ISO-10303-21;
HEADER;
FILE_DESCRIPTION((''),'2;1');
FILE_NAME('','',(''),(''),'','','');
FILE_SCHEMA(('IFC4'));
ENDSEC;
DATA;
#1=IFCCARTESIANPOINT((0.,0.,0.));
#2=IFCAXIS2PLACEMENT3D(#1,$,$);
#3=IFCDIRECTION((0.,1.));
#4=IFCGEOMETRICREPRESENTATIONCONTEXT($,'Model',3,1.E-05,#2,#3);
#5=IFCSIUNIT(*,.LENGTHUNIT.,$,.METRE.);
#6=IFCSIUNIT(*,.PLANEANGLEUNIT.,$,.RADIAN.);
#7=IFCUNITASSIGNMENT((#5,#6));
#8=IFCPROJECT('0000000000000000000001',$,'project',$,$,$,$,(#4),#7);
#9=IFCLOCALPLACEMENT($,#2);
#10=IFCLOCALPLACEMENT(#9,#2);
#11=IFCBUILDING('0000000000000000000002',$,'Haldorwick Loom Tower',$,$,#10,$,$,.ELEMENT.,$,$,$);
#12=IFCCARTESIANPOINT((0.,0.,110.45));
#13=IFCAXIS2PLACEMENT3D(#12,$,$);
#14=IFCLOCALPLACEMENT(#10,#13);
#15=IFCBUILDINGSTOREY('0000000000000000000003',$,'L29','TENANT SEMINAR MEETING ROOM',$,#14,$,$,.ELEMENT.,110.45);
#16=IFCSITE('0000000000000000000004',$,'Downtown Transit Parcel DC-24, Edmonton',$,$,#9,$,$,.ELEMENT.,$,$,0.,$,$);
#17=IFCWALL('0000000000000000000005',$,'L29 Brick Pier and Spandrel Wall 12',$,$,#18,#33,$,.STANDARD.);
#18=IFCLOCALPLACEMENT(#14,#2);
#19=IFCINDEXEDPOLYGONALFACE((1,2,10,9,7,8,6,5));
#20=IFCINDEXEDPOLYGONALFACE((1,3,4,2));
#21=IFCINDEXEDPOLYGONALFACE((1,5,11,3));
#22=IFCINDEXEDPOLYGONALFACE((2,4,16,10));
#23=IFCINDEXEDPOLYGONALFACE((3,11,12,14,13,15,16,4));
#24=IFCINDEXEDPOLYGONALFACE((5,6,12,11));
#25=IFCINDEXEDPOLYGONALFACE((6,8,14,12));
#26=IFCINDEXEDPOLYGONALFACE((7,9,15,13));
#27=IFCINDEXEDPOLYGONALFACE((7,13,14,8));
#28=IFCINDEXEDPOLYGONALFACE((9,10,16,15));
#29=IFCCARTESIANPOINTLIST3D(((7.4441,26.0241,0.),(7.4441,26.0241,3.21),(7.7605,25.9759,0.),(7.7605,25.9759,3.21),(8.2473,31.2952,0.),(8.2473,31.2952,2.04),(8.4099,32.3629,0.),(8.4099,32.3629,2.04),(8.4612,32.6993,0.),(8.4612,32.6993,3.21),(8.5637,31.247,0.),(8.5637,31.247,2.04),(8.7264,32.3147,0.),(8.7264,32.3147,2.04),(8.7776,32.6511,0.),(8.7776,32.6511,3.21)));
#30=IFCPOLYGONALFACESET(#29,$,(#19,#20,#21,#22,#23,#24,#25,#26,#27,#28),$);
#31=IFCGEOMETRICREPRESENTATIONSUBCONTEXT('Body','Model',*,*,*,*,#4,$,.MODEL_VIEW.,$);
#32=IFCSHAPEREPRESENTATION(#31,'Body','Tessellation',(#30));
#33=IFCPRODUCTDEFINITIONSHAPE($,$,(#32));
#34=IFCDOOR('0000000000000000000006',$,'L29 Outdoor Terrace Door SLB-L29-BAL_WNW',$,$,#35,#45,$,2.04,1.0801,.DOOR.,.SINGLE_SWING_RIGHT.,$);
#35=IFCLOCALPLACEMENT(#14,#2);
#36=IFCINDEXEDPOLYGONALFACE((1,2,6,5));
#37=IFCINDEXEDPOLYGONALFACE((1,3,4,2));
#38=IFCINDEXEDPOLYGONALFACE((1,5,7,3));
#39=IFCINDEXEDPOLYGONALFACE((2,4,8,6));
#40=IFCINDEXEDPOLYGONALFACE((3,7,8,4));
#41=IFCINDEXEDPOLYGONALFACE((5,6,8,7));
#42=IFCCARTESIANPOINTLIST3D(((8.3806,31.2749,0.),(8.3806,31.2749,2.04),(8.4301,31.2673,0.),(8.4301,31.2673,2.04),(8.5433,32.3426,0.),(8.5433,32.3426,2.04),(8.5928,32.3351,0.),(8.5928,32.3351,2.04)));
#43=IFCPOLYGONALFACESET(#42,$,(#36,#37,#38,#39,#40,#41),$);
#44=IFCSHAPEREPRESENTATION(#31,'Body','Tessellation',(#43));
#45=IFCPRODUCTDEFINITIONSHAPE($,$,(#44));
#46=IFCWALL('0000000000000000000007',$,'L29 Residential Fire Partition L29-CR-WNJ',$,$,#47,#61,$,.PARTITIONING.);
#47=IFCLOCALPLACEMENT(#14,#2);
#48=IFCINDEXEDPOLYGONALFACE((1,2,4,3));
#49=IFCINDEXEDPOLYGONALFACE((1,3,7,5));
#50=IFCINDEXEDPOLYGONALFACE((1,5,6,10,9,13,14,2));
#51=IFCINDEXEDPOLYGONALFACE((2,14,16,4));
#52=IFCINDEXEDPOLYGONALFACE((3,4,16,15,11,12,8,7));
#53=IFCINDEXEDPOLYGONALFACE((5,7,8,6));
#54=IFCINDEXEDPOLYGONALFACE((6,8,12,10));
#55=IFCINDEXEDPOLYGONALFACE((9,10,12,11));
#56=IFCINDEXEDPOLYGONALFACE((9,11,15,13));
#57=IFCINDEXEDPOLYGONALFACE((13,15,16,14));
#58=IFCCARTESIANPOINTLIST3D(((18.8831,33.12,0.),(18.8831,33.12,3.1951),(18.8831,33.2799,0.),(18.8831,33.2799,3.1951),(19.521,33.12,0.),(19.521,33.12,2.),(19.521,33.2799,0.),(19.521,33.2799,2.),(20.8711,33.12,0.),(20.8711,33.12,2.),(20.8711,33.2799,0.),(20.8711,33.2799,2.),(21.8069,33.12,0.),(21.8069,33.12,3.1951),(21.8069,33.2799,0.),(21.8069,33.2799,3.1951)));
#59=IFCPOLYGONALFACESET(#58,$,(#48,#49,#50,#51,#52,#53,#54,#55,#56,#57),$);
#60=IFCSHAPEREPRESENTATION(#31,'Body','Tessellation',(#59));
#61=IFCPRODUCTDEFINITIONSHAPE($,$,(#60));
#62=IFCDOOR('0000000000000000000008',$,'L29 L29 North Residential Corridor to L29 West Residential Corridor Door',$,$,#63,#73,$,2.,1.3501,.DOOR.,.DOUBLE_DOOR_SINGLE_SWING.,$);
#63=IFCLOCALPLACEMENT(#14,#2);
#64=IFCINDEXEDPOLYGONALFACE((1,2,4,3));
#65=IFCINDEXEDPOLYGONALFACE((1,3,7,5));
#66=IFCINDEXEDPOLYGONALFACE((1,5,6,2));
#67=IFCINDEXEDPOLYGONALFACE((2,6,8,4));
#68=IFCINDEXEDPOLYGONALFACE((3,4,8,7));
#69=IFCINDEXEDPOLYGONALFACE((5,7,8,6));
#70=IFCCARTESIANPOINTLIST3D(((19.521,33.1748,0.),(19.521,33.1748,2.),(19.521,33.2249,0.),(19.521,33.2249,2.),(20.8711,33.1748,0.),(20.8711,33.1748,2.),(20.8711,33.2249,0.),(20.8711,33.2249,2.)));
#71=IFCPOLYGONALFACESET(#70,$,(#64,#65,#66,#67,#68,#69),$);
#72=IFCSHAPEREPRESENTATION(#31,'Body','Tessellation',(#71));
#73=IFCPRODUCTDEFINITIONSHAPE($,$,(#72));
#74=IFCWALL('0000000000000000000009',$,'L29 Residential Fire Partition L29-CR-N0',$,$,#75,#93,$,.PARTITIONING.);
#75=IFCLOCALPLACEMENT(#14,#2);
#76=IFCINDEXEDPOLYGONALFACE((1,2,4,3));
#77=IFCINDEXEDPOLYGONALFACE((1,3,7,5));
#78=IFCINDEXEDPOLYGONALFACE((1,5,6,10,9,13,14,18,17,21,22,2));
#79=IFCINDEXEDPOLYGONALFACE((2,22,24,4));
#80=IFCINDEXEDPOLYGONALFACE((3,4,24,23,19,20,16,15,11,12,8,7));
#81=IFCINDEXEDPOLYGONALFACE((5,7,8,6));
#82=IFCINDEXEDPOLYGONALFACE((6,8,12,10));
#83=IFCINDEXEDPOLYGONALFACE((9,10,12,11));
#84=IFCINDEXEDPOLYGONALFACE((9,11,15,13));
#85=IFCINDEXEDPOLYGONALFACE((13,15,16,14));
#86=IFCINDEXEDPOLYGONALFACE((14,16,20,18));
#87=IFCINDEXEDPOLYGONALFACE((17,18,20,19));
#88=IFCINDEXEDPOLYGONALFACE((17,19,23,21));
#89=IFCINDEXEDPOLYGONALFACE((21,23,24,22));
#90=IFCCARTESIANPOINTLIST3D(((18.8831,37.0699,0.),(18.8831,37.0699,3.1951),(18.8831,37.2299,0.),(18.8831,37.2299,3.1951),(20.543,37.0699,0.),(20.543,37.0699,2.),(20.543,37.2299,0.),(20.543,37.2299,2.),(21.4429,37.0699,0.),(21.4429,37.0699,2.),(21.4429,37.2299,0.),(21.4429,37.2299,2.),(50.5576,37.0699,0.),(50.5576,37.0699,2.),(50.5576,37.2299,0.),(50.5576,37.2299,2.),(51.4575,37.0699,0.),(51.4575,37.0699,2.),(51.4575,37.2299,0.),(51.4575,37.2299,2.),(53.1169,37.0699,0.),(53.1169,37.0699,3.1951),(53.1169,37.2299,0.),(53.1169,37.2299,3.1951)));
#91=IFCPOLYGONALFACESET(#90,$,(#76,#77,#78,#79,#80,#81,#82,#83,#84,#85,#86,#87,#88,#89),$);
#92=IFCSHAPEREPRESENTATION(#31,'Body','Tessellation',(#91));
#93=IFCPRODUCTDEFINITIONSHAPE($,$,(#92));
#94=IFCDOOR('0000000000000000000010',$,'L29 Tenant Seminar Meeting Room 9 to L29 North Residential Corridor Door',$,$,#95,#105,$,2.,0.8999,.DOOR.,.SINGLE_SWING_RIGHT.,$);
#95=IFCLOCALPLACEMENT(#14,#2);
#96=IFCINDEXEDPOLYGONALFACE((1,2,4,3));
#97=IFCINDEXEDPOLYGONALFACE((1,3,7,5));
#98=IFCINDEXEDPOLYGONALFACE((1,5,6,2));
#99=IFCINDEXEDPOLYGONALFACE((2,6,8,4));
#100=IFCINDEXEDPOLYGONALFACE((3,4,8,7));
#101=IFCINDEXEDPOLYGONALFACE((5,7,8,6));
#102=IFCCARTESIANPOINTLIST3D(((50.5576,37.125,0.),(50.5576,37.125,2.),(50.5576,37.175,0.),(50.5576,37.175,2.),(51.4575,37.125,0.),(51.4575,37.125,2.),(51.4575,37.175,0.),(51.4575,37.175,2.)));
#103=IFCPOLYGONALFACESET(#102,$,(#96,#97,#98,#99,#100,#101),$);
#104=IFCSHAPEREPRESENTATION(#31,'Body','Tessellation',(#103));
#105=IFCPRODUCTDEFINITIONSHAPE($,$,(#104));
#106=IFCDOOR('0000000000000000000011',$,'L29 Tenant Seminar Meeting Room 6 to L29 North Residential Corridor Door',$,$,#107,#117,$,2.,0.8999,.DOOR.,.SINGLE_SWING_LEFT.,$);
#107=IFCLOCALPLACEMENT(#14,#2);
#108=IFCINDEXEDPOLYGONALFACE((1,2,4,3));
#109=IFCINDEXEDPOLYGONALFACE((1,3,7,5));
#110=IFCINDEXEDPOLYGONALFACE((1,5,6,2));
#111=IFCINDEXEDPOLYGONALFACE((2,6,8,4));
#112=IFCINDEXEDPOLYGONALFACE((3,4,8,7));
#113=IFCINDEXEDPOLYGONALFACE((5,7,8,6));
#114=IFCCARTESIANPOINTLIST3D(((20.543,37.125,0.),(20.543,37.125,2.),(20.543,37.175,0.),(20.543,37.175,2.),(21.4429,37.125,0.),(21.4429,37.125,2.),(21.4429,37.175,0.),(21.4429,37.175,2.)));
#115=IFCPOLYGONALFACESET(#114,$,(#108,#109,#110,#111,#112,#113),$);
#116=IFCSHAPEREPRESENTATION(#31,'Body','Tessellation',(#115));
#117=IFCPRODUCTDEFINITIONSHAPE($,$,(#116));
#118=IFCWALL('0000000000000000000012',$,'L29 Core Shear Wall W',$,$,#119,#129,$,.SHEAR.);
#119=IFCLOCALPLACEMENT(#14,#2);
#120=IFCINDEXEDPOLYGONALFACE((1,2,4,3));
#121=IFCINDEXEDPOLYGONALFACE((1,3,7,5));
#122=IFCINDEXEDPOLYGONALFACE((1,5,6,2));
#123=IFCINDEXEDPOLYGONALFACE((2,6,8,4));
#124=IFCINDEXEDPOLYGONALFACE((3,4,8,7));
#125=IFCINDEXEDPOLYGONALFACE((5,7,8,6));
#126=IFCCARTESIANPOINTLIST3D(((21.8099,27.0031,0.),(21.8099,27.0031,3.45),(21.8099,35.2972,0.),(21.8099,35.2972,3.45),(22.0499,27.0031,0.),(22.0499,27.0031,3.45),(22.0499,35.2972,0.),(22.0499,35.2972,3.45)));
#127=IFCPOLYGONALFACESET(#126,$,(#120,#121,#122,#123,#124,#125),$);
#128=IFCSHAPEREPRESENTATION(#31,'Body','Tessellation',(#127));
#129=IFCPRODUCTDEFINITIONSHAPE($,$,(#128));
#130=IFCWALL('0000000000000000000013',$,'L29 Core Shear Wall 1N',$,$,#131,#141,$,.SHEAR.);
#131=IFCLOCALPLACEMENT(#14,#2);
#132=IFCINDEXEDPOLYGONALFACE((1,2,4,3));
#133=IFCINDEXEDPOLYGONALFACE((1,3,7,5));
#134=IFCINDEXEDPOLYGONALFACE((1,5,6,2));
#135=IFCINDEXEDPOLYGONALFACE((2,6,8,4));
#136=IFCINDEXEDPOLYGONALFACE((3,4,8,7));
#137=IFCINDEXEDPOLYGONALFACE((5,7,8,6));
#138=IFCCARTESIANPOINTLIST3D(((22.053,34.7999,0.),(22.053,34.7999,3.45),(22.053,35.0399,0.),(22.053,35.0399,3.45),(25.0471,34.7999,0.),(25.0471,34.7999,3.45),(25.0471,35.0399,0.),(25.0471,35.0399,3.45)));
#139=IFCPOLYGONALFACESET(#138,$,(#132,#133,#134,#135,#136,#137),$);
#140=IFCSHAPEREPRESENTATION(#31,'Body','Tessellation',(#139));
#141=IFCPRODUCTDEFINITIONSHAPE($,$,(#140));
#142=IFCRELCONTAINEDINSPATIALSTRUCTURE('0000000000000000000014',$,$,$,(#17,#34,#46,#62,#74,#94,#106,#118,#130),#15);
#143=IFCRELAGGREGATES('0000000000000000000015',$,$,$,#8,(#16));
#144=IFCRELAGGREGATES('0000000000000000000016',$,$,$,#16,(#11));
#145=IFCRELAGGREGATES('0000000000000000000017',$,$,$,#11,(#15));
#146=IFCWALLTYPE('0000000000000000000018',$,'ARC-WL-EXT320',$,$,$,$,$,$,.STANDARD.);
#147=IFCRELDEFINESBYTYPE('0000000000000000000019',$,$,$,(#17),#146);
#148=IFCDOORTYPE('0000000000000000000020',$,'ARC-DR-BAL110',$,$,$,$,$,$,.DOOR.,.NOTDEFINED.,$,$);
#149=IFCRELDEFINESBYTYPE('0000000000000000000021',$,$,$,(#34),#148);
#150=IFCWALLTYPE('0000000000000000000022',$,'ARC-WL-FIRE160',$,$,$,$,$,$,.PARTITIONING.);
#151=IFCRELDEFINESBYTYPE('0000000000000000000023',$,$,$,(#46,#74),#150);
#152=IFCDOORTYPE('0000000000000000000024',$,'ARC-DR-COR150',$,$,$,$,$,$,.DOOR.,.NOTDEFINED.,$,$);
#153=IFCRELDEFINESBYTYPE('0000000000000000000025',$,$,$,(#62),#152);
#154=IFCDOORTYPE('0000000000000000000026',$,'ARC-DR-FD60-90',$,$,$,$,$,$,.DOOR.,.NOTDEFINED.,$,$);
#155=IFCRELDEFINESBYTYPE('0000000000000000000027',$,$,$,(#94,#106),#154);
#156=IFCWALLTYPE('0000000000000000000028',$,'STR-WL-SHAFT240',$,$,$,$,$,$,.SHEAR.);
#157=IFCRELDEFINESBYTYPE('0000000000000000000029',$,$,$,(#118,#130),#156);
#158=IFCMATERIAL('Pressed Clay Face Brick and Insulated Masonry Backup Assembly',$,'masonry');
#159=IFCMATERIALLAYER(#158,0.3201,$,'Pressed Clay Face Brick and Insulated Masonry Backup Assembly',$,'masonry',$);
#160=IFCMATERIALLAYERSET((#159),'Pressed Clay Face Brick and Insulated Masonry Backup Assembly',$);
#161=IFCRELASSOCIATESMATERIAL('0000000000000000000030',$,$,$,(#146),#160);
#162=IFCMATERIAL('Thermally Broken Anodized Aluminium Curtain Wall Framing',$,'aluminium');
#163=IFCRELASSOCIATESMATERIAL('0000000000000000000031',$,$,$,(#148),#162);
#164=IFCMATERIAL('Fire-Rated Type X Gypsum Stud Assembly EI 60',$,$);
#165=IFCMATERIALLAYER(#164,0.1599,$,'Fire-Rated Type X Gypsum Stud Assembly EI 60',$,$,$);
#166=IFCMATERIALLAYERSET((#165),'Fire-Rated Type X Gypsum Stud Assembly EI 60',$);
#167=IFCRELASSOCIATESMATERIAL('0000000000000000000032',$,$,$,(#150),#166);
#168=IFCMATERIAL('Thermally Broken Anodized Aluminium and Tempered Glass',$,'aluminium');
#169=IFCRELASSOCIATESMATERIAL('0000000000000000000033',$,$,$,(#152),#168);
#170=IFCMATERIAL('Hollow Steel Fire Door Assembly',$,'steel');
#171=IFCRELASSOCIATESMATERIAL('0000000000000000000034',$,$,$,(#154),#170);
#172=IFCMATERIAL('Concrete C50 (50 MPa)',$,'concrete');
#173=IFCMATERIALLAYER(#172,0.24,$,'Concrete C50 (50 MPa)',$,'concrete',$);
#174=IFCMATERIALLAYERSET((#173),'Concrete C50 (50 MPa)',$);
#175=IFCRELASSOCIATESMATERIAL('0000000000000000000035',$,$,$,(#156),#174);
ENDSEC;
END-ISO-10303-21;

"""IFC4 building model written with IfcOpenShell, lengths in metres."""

from ifc_helpers import new_model, si_unit, direction, frame, frame_2d, origin, place, context, subcontext, project, spatial, rectangle, extrude, material, layer, layer_set, type_object, element, fill, save


model = new_model("IFC4")

# Units and contexts
model_context = context("Model", 3, precision=1e-05, world=origin(), true_north=direction((0.0, 1.0)))
body_context = subcontext(model_context, "Body", "Model", "MODEL_VIEW")
ifc_project = project(units=[si_unit("LENGTHUNIT", "METRE"), si_unit("PLANEANGLEUNIT", "RADIAN")], contexts=[model_context])

# Site, building, storey
site_placement = place(None, origin())
site = spatial("IfcSite", under=ifc_project, at=site_placement, Name="Downtown Transit Parcel DC-24, Edmonton", CompositionType="ELEMENT", RefElevation=0.0)
building_placement = place(site_placement, origin())
building = spatial("IfcBuilding", under=site, at=building_placement, Name="Haldorwick Loom Tower", CompositionType="ELEMENT")
storey_placement = place(building_placement, frame((0.0, 0.0, 110.45)))
storey = spatial("IfcBuildingStorey", under=building, at=storey_placement, Name="L29", Description="TENANT SEMINAR MEETING ROOM", CompositionType="ELEMENT", Elevation=110.45)

# Shared definitions
ifc_material_1 = material(Name="Pressed Clay Face Brick and Insulated Masonry Backup Assembly", Category="masonry")
ifc_layer_1 = layer(ifc_material_1, 0.3201, Name="Pressed Clay Face Brick and Insulated Masonry Backup Assembly", Category="masonry")
ifc_layer_set_1 = layer_set([ifc_layer_1], Name="Pressed Clay Face Brick and Insulated Masonry Backup Assembly")
wall_type_1 = type_object("IfcWallType", Name="ARC-WL-EXT320", PredefinedType="STANDARD", material=ifc_layer_set_1)

# Walls, openings, doors
wall_1_placement = place(storey_placement, frame((8.6194, 32.675, 0.0), z_axis=(0.0, 0.0, 1.0), x_axis=(-0.150633, -0.98859, 0.0)))
wall_1 = element("IfcWall", 1, at=wall_1_placement, inside=storey, type_object=wall_type_1, Name="L29 Brick Pier and Spandrel Wall 12", PredefinedType="STANDARD", context=body_context, shape_type="SweptSolid", body=[
    extrude(rectangle(XDim=6.7522, YDim=0.3201, at=frame_2d((3.376, 0.0))), origin(), (0.0, 0.0, 1.0), 3.21),
])
opening_1_placement = place(wall_1_placement, frame((0.3401, 0.0, 0.0)))
opening_1 = element("IfcOpeningElement", 2, at=opening_1_placement, cuts=wall_1, PredefinedType="OPENING", context=body_context, shape_type="SweptSolid", body=[
    extrude(rectangle(XDim=1.0801, YDim=2.04, at=frame_2d((0.54, 1.02))), frame((0.0, 0.1699, 0.0), z_axis=(0.0, -1.0, 0.0), x_axis=(1.0, 0.0, 0.0)), (0.0, 0.0, 1.0), 0.3401),
])
ifc_material_2 = material(Name="Thermally Broken Anodized Aluminium Curtain Wall Framing", Category="aluminium")
door_type_1 = type_object("IfcDoorType", Name="ARC-DR-BAL110", OperationType="NOTDEFINED", PredefinedType="DOOR", material=ifc_material_2)
door_1_placement = place(opening_1_placement, origin())
door_1 = element("IfcDoor", 3, at=door_1_placement, inside=storey, type_object=door_type_1, Name="L29 Outdoor Terrace Door SLB-L29-BAL_WNW", OperationType="SINGLE_SWING_RIGHT", OverallHeight=2.04, OverallWidth=1.0801, PredefinedType="DOOR", context=body_context, shape_type="SweptSolid", body=[
    extrude(rectangle(XDim=1.0801, YDim=2.04, at=frame_2d((0.54, 1.02))), frame((0.0, 0.0249, 0.0), z_axis=(0.0, -1.0, 0.0), x_axis=(1.0, 0.0, 0.0)), (0.0, 0.0, 1.0), 0.05),
])
fill(opening_1, door_1)
ifc_material_3 = material(Name="Fire-Rated Type X Gypsum Stud Assembly EI 60")
ifc_layer_2 = layer(ifc_material_3, 0.1599, Name="Fire-Rated Type X Gypsum Stud Assembly EI 60")
ifc_layer_set_2 = layer_set([ifc_layer_2], Name="Fire-Rated Type X Gypsum Stud Assembly EI 60")
wall_type_2 = type_object("IfcWallType", Name="ARC-WL-FIRE160", PredefinedType="PARTITIONING", material=ifc_layer_set_2)
wall_2_placement = place(storey_placement, frame((18.8831, 33.2, 0.0), z_axis=(0.0, 0.0, 1.0), x_axis=(1.0, 0.0, 0.0)))
wall_2 = element("IfcWall", 4, at=wall_2_placement, inside=storey, type_object=wall_type_2, Name="L29 Residential Fire Partition L29-CR-WNJ", PredefinedType="PARTITIONING", context=body_context, shape_type="SweptSolid", body=[
    extrude(rectangle(XDim=2.9238, YDim=0.1599, at=frame_2d((1.4619, 0.0))), origin(), (0.0, 0.0, 1.0), 3.1951),
])
opening_2_placement = place(wall_2_placement, frame((0.6379, 0.0, 0.0)))
opening_2 = element("IfcOpeningElement", 5, at=opening_2_placement, cuts=wall_2, PredefinedType="OPENING", context=body_context, shape_type="SweptSolid", body=[
    extrude(rectangle(XDim=1.3501, YDim=2.0, at=frame_2d((0.675, 1.0))), frame((0.0, 0.0898, 0.0), z_axis=(0.0, -1.0, 0.0), x_axis=(1.0, 0.0, 0.0)), (0.0, 0.0, 1.0), 0.1799),
])
ifc_material_4 = material(Name="Thermally Broken Anodized Aluminium and Tempered Glass", Category="aluminium")
door_type_2 = type_object("IfcDoorType", Name="ARC-DR-COR150", OperationType="NOTDEFINED", PredefinedType="DOOR", material=ifc_material_4)
door_2_placement = place(opening_2_placement, origin())
door_2 = element("IfcDoor", 6, at=door_2_placement, inside=storey, type_object=door_type_2, Name="L29 L29 North Residential Corridor to L29 West Residential Corridor Door", OperationType="DOUBLE_DOOR_SINGLE_SWING", OverallHeight=2.0, OverallWidth=1.3501, PredefinedType="DOOR", context=body_context, shape_type="SweptSolid", body=[
    extrude(rectangle(XDim=1.3501, YDim=2.0, at=frame_2d((0.675, 1.0))), frame((0.0, 0.0249, 0.0), z_axis=(0.0, -1.0, 0.0), x_axis=(1.0, 0.0, 0.0)), (0.0, 0.0, 1.0), 0.05),
])
fill(opening_2, door_2)

# Wall, openings, doors
wall_3_placement = place(storey_placement, frame((18.8831, 37.1499, 0.0), z_axis=(0.0, 0.0, 1.0), x_axis=(1.0, 0.0, 0.0)))
wall_3 = element("IfcWall", 7, at=wall_3_placement, inside=storey, type_object=wall_type_2, Name="L29 Residential Fire Partition L29-CR-N0", PredefinedType="PARTITIONING", context=body_context, shape_type="SweptSolid", body=[
    extrude(rectangle(XDim=34.2339, YDim=0.1599, at=frame_2d((17.1169, 0.0))), origin(), (0.0, 0.0, 1.0), 3.1951),
])
opening_3_placement = place(wall_3_placement, frame((31.6746, 0.0, 0.0)))
opening_3 = element("IfcOpeningElement", 8, at=opening_3_placement, cuts=wall_3, PredefinedType="OPENING", context=body_context, shape_type="SweptSolid", body=[
    extrude(rectangle(XDim=0.8999, YDim=2.0, at=frame_2d((0.45, 1.0))), frame((0.0, 0.0898, 0.0), z_axis=(0.0, -1.0, 0.0), x_axis=(1.0, 0.0, 0.0)), (0.0, 0.0, 1.0), 0.1799),
])
opening_4_placement = place(wall_3_placement, frame((1.6599, 0.0, 0.0)))
opening_4 = element("IfcOpeningElement", 9, at=opening_4_placement, cuts=wall_3, PredefinedType="OPENING", context=body_context, shape_type="SweptSolid", body=[
    extrude(rectangle(XDim=0.8999, YDim=2.0, at=frame_2d((0.45, 1.0))), frame((0.0, 0.0898, 0.0), z_axis=(0.0, -1.0, 0.0), x_axis=(1.0, 0.0, 0.0)), (0.0, 0.0, 1.0), 0.1799),
])
ifc_material_5 = material(Name="Hollow Steel Fire Door Assembly", Category="steel")
door_type_3 = type_object("IfcDoorType", Name="ARC-DR-FD60-90", OperationType="NOTDEFINED", PredefinedType="DOOR", material=ifc_material_5)
door_3_placement = place(opening_3_placement, frame((0.8999, 0.0, 0.0), z_axis=(0.0, 0.0, 1.0), x_axis=(-1.0, 0.0, 0.0)))
door_3 = element("IfcDoor", 10, at=door_3_placement, inside=storey, type_object=door_type_3, Name="L29 Tenant Seminar Meeting Room 9 to L29 North Residential Corridor Door", OperationType="SINGLE_SWING_RIGHT", OverallHeight=2.0, OverallWidth=0.8999, PredefinedType="DOOR", context=body_context, shape_type="SweptSolid", body=[
    extrude(rectangle(XDim=0.8999, YDim=2.0, at=frame_2d((0.45, 1.0))), frame((0.0, 0.0249, 0.0), z_axis=(0.0, -1.0, 0.0), x_axis=(1.0, 0.0, 0.0)), (0.0, 0.0, 1.0), 0.05),
])
fill(opening_3, door_3)
door_4_placement = place(opening_4_placement, frame((0.8999, 0.0, 0.0), z_axis=(0.0, 0.0, 1.0), x_axis=(-1.0, 0.0, 0.0)))
door_4 = element("IfcDoor", 11, at=door_4_placement, inside=storey, type_object=door_type_3, Name="L29 Tenant Seminar Meeting Room 6 to L29 North Residential Corridor Door", OperationType="SINGLE_SWING_LEFT", OverallHeight=2.0, OverallWidth=0.8999, PredefinedType="DOOR", context=body_context, shape_type="SweptSolid", body=[
    extrude(rectangle(XDim=0.8999, YDim=2.0, at=frame_2d((0.45, 1.0))), frame((0.0, 0.0249, 0.0), z_axis=(0.0, -1.0, 0.0), x_axis=(1.0, 0.0, 0.0)), (0.0, 0.0, 1.0), 0.05),
])
fill(opening_4, door_4)

# Walls
ifc_material_6 = material(Name="Concrete C50 (50 MPa)", Category="concrete")
ifc_layer_3 = layer(ifc_material_6, 0.24, Name="Concrete C50 (50 MPa)", Category="concrete")
ifc_layer_set_3 = layer_set([ifc_layer_3], Name="Concrete C50 (50 MPa)")
wall_type_3 = type_object("IfcWallType", Name="STR-WL-SHAFT240", PredefinedType="SHEAR", material=ifc_layer_set_3)
wall_4_placement = place(storey_placement, frame((21.9299, 35.2971, 0.0), z_axis=(0.0, 0.0, 1.0), x_axis=(0.0, -1.0, 0.0)))
element("IfcWall", 12, at=wall_4_placement, inside=storey, type_object=wall_type_3, Name="L29 Core Shear Wall W", PredefinedType="SHEAR", context=body_context, shape_type="SweptSolid", body=[
    extrude(rectangle(XDim=8.2942, YDim=0.24, at=frame_2d((4.147, 0.0))), origin(), (0.0, 0.0, 1.0), 3.45),
])
wall_5_placement = place(storey_placement, frame((22.053, 34.9199, 0.0), z_axis=(0.0, 0.0, 1.0), x_axis=(1.0, 0.0, 0.0)))
element("IfcWall", 13, at=wall_5_placement, inside=storey, type_object=wall_type_3, Name="L29 Core Shear Wall 1N", PredefinedType="SHEAR", context=body_context, shape_type="SweptSolid", body=[
    extrude(rectangle(XDim=2.9941, YDim=0.24, at=frame_2d((1.4971, 0.0))), origin(), (0.0, 0.0, 1.0), 3.45),
])

save(model, "model.ifc")
